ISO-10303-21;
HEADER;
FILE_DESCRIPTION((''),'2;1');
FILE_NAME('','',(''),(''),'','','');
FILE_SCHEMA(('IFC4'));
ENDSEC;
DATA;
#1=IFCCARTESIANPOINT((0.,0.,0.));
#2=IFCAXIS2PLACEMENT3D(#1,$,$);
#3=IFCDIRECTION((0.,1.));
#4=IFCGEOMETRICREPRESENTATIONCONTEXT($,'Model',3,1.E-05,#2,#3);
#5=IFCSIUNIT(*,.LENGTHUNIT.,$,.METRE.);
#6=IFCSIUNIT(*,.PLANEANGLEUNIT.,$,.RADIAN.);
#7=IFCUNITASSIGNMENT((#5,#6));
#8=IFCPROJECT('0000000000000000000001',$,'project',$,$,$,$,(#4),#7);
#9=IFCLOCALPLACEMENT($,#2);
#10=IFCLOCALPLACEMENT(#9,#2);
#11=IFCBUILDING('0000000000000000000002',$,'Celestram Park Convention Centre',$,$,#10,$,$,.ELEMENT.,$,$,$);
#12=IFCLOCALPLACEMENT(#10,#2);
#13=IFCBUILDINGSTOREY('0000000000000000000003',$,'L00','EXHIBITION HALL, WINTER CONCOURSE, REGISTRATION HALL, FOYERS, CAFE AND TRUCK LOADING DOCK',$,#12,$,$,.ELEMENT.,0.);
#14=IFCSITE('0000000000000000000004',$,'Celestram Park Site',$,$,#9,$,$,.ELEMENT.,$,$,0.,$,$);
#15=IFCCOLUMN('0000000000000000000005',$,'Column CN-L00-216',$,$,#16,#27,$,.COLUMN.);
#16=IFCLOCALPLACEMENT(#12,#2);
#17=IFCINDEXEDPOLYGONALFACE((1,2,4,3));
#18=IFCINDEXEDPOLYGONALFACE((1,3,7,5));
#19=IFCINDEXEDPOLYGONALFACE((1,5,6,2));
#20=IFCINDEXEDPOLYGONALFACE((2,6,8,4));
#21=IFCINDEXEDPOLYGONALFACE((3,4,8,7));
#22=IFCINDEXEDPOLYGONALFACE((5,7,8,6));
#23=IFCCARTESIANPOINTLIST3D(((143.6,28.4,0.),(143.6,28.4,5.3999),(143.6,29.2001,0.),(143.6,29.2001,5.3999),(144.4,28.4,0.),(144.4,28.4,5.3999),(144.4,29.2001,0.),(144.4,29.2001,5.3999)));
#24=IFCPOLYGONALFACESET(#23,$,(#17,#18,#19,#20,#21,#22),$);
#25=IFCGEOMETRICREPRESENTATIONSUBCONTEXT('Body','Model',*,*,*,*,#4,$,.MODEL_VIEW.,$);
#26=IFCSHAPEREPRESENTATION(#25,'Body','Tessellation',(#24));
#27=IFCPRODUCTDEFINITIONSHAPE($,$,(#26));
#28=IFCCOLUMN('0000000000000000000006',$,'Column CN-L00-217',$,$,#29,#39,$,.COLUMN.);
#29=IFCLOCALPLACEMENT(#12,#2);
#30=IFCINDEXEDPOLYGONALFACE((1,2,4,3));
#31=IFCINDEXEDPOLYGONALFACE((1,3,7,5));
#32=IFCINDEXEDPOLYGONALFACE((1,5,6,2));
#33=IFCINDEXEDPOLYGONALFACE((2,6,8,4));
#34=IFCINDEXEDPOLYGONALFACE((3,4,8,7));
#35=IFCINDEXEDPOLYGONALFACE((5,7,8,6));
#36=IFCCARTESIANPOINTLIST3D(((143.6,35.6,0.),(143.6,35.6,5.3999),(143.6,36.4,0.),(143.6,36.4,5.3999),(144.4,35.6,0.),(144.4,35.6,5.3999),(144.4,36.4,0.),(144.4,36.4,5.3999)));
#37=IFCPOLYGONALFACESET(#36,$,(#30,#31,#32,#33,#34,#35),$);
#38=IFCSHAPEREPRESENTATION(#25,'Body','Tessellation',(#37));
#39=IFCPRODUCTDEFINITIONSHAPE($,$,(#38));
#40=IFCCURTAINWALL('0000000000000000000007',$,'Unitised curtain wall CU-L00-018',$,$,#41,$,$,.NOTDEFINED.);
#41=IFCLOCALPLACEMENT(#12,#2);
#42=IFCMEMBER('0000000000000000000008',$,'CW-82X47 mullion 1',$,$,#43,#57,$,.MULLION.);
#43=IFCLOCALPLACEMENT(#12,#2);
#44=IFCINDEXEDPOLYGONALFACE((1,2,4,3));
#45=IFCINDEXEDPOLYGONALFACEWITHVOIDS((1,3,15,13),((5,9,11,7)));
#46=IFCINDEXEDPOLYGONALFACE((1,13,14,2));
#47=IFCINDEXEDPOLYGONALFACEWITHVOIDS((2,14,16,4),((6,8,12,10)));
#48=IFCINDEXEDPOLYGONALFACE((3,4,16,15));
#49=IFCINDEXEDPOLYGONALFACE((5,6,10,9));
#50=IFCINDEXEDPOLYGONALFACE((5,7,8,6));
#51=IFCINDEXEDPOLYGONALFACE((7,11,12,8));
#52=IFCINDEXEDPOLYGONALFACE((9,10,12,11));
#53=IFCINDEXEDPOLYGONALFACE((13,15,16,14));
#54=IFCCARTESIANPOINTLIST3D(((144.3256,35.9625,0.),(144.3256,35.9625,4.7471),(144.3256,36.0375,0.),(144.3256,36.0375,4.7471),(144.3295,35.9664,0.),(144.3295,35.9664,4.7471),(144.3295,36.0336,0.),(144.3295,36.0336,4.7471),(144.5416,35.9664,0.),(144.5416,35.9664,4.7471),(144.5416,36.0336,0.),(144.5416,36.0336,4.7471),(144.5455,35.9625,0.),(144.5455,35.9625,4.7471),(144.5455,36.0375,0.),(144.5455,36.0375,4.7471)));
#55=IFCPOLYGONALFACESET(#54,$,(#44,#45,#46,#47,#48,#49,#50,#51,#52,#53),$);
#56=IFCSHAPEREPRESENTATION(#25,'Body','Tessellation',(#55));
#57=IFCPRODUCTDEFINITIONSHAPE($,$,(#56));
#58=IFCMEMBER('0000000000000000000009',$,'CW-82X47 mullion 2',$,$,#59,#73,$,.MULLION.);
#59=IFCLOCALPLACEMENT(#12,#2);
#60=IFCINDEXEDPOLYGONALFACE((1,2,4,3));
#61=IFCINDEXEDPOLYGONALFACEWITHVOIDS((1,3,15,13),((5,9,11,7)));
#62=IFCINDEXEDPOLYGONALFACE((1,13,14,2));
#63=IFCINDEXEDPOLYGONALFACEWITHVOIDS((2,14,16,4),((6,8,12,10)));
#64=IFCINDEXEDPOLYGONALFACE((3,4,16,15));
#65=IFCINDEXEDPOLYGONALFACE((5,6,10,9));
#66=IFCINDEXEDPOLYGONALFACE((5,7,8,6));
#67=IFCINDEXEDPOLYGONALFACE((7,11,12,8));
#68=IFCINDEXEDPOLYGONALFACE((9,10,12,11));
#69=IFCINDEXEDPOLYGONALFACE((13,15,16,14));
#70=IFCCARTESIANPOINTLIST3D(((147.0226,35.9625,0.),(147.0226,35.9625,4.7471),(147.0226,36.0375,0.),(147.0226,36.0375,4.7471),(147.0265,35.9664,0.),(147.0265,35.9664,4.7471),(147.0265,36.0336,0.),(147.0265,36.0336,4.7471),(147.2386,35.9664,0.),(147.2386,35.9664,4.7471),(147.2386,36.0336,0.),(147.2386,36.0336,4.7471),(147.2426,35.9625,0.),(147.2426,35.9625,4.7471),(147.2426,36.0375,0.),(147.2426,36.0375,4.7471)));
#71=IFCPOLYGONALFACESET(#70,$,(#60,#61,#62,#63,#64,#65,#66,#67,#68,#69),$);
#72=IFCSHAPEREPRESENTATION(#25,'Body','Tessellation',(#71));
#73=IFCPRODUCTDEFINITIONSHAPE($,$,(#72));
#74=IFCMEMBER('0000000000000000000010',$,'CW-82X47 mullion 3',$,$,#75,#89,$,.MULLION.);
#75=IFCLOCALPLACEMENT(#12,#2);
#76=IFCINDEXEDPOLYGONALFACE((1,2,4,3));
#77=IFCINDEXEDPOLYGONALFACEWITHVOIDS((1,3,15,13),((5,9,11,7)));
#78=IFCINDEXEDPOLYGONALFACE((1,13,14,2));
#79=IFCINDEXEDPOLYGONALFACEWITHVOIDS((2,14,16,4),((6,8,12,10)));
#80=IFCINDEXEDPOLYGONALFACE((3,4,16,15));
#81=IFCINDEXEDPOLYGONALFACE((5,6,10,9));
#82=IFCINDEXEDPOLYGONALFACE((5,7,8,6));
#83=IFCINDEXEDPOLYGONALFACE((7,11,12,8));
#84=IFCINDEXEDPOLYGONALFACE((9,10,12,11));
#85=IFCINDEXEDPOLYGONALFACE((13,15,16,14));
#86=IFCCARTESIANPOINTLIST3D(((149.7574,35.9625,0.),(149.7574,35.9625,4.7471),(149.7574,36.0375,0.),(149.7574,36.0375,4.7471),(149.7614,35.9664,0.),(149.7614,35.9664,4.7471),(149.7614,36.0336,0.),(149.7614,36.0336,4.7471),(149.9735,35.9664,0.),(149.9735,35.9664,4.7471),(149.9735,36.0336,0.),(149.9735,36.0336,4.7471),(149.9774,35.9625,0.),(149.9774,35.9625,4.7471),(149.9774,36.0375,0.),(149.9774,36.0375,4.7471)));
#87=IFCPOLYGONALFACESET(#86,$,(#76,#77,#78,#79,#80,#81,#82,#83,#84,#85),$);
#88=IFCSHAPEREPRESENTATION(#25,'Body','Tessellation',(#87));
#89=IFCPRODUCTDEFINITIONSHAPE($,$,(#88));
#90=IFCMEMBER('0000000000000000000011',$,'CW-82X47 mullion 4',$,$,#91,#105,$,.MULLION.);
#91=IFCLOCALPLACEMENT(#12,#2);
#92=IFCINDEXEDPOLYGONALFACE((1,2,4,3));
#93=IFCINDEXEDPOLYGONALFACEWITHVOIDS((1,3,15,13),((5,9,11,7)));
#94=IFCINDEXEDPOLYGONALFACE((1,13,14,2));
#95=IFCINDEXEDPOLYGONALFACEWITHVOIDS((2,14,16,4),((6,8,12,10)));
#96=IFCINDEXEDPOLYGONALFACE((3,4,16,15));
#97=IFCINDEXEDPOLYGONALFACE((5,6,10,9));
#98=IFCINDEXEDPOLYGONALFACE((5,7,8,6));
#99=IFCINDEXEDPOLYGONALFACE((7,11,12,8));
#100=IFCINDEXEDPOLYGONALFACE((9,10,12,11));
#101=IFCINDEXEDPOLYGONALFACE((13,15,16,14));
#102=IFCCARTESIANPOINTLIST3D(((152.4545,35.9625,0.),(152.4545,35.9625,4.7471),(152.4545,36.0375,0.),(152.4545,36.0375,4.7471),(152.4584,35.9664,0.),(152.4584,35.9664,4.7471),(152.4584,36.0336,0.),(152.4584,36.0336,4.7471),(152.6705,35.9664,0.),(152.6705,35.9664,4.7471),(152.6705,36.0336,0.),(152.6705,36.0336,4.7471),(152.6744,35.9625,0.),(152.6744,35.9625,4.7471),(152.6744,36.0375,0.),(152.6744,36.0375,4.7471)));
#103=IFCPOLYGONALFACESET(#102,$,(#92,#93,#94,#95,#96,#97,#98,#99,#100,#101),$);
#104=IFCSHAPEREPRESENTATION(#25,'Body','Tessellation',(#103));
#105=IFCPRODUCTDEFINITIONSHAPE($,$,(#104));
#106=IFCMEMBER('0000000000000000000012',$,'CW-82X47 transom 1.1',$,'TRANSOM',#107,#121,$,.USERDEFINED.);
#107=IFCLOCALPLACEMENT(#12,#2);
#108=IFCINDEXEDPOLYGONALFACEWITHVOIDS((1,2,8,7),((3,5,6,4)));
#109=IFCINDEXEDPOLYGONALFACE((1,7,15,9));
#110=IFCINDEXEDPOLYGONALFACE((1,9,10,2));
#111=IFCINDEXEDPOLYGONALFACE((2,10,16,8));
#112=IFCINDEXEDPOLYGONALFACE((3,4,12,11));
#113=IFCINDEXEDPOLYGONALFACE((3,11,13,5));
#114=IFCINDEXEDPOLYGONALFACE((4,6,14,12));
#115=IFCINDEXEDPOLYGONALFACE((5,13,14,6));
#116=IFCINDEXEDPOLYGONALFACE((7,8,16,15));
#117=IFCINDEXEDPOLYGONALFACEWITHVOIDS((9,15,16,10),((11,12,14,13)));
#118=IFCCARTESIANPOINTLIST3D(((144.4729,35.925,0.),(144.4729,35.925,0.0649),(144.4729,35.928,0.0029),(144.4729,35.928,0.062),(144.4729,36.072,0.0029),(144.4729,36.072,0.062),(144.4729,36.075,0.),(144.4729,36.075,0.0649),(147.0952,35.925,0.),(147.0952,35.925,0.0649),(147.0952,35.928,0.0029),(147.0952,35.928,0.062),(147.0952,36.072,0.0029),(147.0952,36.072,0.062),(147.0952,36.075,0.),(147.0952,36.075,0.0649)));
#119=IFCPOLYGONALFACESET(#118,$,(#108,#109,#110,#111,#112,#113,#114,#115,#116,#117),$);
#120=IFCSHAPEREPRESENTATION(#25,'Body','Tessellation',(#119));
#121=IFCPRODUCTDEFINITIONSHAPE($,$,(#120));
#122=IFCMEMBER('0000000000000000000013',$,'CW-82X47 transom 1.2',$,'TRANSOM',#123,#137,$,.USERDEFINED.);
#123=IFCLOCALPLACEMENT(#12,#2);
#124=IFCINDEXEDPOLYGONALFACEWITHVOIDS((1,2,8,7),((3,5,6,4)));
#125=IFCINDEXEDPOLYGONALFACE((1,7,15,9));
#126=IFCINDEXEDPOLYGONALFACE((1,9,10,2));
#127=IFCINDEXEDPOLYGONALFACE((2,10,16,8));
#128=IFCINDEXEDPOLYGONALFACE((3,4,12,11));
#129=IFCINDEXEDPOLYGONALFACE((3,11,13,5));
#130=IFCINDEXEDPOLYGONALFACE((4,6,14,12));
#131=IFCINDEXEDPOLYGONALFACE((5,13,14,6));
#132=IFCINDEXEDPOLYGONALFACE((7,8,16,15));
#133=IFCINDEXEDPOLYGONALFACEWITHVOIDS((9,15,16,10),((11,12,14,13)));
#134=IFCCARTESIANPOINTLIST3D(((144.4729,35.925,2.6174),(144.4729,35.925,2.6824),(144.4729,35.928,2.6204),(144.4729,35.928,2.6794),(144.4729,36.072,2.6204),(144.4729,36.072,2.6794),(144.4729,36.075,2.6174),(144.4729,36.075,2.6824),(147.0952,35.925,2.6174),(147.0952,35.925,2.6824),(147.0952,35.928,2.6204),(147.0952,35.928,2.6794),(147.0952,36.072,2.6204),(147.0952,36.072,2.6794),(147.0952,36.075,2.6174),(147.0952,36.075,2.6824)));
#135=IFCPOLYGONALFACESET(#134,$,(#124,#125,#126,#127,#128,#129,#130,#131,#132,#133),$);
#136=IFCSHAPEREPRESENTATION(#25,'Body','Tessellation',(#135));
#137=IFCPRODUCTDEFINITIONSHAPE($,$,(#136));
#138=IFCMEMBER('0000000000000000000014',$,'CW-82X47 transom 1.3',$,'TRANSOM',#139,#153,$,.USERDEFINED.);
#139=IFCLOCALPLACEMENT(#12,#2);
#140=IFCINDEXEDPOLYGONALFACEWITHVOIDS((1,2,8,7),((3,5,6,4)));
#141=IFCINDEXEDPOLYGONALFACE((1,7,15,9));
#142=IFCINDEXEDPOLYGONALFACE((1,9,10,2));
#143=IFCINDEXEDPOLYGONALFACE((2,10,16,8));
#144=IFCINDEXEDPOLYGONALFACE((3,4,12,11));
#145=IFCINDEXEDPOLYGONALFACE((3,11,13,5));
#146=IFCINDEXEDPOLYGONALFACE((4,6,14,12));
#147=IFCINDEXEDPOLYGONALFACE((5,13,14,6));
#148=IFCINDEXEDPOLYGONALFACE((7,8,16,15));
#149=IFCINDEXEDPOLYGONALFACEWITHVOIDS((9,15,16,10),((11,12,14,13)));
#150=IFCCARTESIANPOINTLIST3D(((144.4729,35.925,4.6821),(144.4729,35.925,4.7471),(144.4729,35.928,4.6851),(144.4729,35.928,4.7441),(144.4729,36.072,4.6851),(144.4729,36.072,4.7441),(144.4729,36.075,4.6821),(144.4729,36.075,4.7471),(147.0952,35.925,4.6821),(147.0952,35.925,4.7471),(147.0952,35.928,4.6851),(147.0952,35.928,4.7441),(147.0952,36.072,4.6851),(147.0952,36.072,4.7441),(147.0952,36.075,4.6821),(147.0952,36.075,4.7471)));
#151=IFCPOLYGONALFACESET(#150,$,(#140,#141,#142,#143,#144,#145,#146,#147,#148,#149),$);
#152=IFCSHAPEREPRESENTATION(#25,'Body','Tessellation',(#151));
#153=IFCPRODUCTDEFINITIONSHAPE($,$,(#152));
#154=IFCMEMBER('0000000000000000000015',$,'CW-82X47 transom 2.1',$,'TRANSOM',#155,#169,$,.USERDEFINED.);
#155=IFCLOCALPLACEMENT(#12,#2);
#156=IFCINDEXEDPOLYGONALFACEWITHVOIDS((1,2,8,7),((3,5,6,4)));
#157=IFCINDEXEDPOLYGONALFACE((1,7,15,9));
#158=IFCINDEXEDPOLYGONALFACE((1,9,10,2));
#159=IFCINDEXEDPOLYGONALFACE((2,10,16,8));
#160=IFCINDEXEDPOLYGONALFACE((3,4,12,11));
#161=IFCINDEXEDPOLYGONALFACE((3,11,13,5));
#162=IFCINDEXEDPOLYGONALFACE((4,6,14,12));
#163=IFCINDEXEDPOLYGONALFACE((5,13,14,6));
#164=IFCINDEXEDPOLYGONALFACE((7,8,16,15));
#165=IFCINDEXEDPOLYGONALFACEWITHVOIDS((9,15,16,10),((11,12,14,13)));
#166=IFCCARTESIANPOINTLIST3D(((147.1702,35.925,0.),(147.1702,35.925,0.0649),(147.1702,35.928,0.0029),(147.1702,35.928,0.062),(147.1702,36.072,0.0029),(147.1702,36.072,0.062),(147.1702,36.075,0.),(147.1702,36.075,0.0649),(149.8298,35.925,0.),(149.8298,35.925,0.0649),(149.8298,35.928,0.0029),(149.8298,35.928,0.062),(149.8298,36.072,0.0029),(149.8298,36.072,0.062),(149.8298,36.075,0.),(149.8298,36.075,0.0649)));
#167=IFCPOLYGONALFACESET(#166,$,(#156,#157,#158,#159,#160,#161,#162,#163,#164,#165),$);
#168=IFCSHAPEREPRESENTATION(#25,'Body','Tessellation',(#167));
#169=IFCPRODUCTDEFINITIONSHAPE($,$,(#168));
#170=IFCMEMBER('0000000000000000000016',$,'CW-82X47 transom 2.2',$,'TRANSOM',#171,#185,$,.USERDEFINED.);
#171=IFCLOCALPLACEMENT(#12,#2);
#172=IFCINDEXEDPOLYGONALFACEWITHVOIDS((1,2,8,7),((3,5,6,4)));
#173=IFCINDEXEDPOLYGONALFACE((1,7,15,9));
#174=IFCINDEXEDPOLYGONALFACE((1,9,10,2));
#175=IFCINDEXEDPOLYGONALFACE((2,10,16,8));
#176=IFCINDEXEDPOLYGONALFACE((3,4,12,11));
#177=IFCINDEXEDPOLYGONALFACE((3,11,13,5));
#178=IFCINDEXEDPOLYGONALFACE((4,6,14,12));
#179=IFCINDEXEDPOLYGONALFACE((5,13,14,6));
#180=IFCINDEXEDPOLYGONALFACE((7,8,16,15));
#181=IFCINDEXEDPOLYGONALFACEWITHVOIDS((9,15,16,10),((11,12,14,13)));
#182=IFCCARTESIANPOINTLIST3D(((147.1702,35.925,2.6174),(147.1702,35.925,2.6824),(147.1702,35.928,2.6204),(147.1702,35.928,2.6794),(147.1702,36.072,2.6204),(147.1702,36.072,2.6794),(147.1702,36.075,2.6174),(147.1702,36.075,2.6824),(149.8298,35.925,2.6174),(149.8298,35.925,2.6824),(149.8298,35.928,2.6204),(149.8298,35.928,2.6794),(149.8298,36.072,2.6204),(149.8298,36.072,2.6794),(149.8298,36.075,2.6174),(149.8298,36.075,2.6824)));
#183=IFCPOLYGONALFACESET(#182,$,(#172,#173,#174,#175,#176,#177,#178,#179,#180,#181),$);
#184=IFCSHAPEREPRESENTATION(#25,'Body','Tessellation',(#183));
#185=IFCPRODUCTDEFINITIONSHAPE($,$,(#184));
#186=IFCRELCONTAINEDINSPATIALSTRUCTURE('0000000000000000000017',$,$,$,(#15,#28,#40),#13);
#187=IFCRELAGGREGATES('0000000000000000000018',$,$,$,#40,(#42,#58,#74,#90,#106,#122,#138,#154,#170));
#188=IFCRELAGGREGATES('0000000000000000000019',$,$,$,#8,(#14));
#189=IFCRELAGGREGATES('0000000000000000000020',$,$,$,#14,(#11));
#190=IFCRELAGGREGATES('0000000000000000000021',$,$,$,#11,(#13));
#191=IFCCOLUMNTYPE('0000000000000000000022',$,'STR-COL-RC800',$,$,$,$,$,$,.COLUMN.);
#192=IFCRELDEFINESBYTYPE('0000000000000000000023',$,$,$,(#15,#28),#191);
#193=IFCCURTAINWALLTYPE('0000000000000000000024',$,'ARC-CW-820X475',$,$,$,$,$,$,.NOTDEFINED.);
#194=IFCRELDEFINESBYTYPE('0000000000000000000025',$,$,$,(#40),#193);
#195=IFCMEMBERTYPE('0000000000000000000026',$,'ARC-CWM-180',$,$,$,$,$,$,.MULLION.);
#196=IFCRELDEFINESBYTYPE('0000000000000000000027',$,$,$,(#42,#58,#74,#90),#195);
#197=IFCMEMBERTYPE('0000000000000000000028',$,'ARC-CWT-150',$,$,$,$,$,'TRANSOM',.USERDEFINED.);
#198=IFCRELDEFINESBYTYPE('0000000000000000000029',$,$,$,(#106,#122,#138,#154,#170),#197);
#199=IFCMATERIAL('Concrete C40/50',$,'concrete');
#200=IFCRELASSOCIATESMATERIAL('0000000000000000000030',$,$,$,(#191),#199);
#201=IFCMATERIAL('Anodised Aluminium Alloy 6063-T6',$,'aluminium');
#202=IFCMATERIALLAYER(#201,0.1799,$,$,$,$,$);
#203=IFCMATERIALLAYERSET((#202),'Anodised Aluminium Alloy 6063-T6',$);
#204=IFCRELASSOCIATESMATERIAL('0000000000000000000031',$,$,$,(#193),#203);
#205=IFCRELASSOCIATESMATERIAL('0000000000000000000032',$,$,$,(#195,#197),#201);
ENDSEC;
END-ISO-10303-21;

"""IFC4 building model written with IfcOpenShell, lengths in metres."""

from ifc_helpers import new_model, si_unit, direction, frame, origin, origin_2d, place, context, subcontext, project, spatial, rectangle, hollow_rectangle, extrude, material, layer, layer_set, material_profile, profile_set, type_object, element, aggregate, save


model = new_model("IFC4")

# Units and contexts
model_context = context("Model", 3, precision=1e-05, world=origin(), true_north=direction((0.0, 1.0)))
body_context = subcontext(model_context, "Body", "Model", "MODEL_VIEW")
ifc_project = project(units=[si_unit("LENGTHUNIT", "METRE"), si_unit("PLANEANGLEUNIT", "RADIAN")], contexts=[model_context])

# Site, building, storey
site_placement = place(None, origin())
site = spatial("IfcSite", under=ifc_project, at=site_placement, Name="Celestram Park Site", CompositionType="ELEMENT", RefElevation=0.0)
building_placement = place(site_placement, origin())
building = spatial("IfcBuilding", under=site, at=building_placement, Name="Celestram Park Convention Centre", CompositionType="ELEMENT")
storey_placement = place(building_placement, origin())
storey = spatial("IfcBuildingStorey", under=building, at=storey_placement, Name="L00", Description="EXHIBITION HALL, WINTER CONCOURSE, REGISTRATION HALL, FOYERS, CAFE AND TRUCK LOADING DOCK", CompositionType="ELEMENT", Elevation=0.0)

# Columns
ifc_material_1 = material(Name="Concrete C40/50", Category="concrete")
ifc_material_profile_1 = material_profile(ifc_material_1, rectangle(XDim=0.8, YDim=0.8, at=origin_2d()), Name="RC800X800")
ifc_profile_set_1 = profile_set([ifc_material_profile_1], Name="Concrete C40/50")
column_type = type_object("IfcColumnType", Name="STR-COL-RC800", PredefinedType="COLUMN", material=ifc_profile_set_1)
for number, where, z_axis, x_axis, name in (
    (1, (144.0, 28.8, 0.0), (0.0, 0.0, 1.0), (1.0, 0.0, 0.0), "Column CN-L00-216"),
    (2, (144.0, 36.0, 0.0), (0.0, 0.0, 1.0), (1.0, 0.0, 0.0), "Column CN-L00-217"),
):
    element("IfcColumn", number, at=place(storey_placement, frame(where, z_axis=z_axis, x_axis=x_axis)), inside=storey, type_object=column_type, Name=name, PredefinedType="COLUMN", context=body_context, shape_type="SweptSolid", body=[
        extrude(rectangle(XDim=0.8, YDim=0.8, at=origin_2d()), origin(), (0.0, 0.0, 1.0), 5.3999),
    ])

# Curtain wall, members
ifc_material_2 = material(Name="Anodised Aluminium Alloy 6063-T6", Category="aluminium")
ifc_layer_1 = layer(ifc_material_2, 0.1799)
ifc_layer_set_1 = layer_set([ifc_layer_1], Name="Anodised Aluminium Alloy 6063-T6")
curtain_wall_type = type_object("IfcCurtainWallType", Name="ARC-CW-820X475", PredefinedType="NOTDEFINED", material=ifc_layer_set_1)
curtain_wall_placement = place(storey_placement, origin())
curtain_wall = element("IfcCurtainWall", 3, at=curtain_wall_placement, inside=storey, type_object=curtain_wall_type, Name="Unitised curtain wall CU-L00-018", PredefinedType="NOTDEFINED")
ifc_material_profile_2 = material_profile(ifc_material_2, hollow_rectangle(XDim=0.075, YDim=0.22, WallThickness=0.0039, at=origin_2d()), Name="ALU75X220X4")
ifc_profile_set_2 = profile_set([ifc_material_profile_2], Name="Anodised Aluminium Alloy 6063-T6")
member_type_1 = type_object("IfcMemberType", Name="ARC-CWM-180", PredefinedType="MULLION", material=ifc_profile_set_2)
member_1_placement = place(storey_placement, frame((144.4355, 36.0, 0.0), z_axis=(0.0, 0.0, 1.0), x_axis=(0.0, 1.0, 0.0)))
member_1 = element("IfcMember", 4, at=member_1_placement, type_object=member_type_1, Name="CW-82X47 mullion 1", PredefinedType="MULLION", context=body_context, shape_type="SweptSolid", body=[
    extrude(hollow_rectangle(XDim=0.075, YDim=0.22, WallThickness=0.0039, at=origin_2d()), origin(), (0.0, 0.0, 1.0), 4.7471),
])
member_2_placement = place(storey_placement, frame((147.1326, 36.0, 0.0), z_axis=(0.0, 0.0, 1.0), x_axis=(0.0, 1.0, 0.0)))
member_2 = element("IfcMember", 5, at=member_2_placement, type_object=member_type_1, Name="CW-82X47 mullion 2", PredefinedType="MULLION", context=body_context, shape_type="SweptSolid", body=[
    extrude(hollow_rectangle(XDim=0.075, YDim=0.22, WallThickness=0.0039, at=origin_2d()), origin(), (0.0, 0.0, 1.0), 4.7471),
])
member_3_placement = place(storey_placement, frame((149.8674, 36.0, 0.0), z_axis=(0.0, 0.0, 1.0), x_axis=(0.0, 1.0, 0.0)))
member_3 = element("IfcMember", 6, at=member_3_placement, type_object=member_type_1, Name="CW-82X47 mullion 3", PredefinedType="MULLION", context=body_context, shape_type="SweptSolid", body=[
    extrude(hollow_rectangle(XDim=0.075, YDim=0.22, WallThickness=0.0039, at=origin_2d()), origin(), (0.0, 0.0, 1.0), 4.7471),
])
member_4_placement = place(storey_placement, frame((152.5645, 36.0, 0.0), z_axis=(0.0, 0.0, 1.0), x_axis=(0.0, 1.0, 0.0)))
member_4 = element("IfcMember", 7, at=member_4_placement, type_object=member_type_1, Name="CW-82X47 mullion 4", PredefinedType="MULLION", context=body_context, shape_type="SweptSolid", body=[
    extrude(hollow_rectangle(XDim=0.075, YDim=0.22, WallThickness=0.0039, at=origin_2d()), origin(), (0.0, 0.0, 1.0), 4.7471),
])
ifc_material_profile_3 = material_profile(ifc_material_2, hollow_rectangle(XDim=0.1499, YDim=0.0649, WallThickness=0.0029, at=origin_2d()), Name="ALU150X65X3")
ifc_profile_set_3 = profile_set([ifc_material_profile_3], Name="Anodised Aluminium Alloy 6063-T6")
member_type_2 = type_object("IfcMemberType", Name="ARC-CWT-150", ElementType="TRANSOM", PredefinedType="USERDEFINED", material=ifc_profile_set_3)
member_5_placement = place(storey_placement, frame((144.4729, 36.0, 0.0325), z_axis=(1.0, 0.0, 0.0), x_axis=(0.0, 1.0, 0.0)))
member_5 = element("IfcMember", 8, at=member_5_placement, type_object=member_type_2, Name="CW-82X47 transom 1.1", ObjectType="TRANSOM", PredefinedType="USERDEFINED", context=body_context, shape_type="SweptSolid", body=[
    extrude(hollow_rectangle(XDim=0.1499, YDim=0.0649, WallThickness=0.0029, at=origin_2d()), origin(), (0.0, 0.0, 1.0), 2.6223),
])
member_6_placement = place(storey_placement, frame((144.4729, 36.0, 2.6499), z_axis=(1.0, 0.0, 0.0), x_axis=(0.0, 1.0, 0.0)))
member_6 = element("IfcMember", 9, at=member_6_placement, type_object=member_type_2, Name="CW-82X47 transom 1.2", ObjectType="TRANSOM", PredefinedType="USERDEFINED", context=body_context, shape_type="SweptSolid", body=[
    extrude(hollow_rectangle(XDim=0.1499, YDim=0.0649, WallThickness=0.0029, at=origin_2d()), origin(), (0.0, 0.0, 1.0), 2.6223),
])
member_7_placement = place(storey_placement, frame((144.4729, 36.0, 4.7146), z_axis=(1.0, 0.0, 0.0), x_axis=(0.0, 1.0, 0.0)))
member_7 = element("IfcMember", 10, at=member_7_placement, type_object=member_type_2, Name="CW-82X47 transom 1.3", ObjectType="TRANSOM", PredefinedType="USERDEFINED", context=body_context, shape_type="SweptSolid", body=[
    extrude(hollow_rectangle(XDim=0.1499, YDim=0.0649, WallThickness=0.0029, at=origin_2d()), origin(), (0.0, 0.0, 1.0), 2.6223),
])
member_8_placement = place(storey_placement, frame((147.1702, 36.0, 0.0325), z_axis=(1.0, 0.0, 0.0), x_axis=(0.0, 1.0, 0.0)))
member_8 = element("IfcMember", 11, at=member_8_placement, type_object=member_type_2, Name="CW-82X47 transom 2.1", ObjectType="TRANSOM", PredefinedType="USERDEFINED", context=body_context, shape_type="SweptSolid", body=[
    extrude(hollow_rectangle(XDim=0.1499, YDim=0.0649, WallThickness=0.0029, at=origin_2d()), origin(), (0.0, 0.0, 1.0), 2.6597),
])
member_9_placement = place(storey_placement, frame((147.1702, 36.0, 2.6499), z_axis=(1.0, 0.0, 0.0), x_axis=(0.0, 1.0, 0.0)))
member_9 = element("IfcMember", 12, at=member_9_placement, type_object=member_type_2, Name="CW-82X47 transom 2.2", ObjectType="TRANSOM", PredefinedType="USERDEFINED", context=body_context, shape_type="SweptSolid", body=[
    extrude(hollow_rectangle(XDim=0.1499, YDim=0.0649, WallThickness=0.0029, at=origin_2d()), origin(), (0.0, 0.0, 1.0), 2.6597),
])

aggregate(curtain_wall, [member_1, member_2, member_3, member_4, member_5, member_6, member_7, member_8, member_9])

save(model, "model.ifc")
